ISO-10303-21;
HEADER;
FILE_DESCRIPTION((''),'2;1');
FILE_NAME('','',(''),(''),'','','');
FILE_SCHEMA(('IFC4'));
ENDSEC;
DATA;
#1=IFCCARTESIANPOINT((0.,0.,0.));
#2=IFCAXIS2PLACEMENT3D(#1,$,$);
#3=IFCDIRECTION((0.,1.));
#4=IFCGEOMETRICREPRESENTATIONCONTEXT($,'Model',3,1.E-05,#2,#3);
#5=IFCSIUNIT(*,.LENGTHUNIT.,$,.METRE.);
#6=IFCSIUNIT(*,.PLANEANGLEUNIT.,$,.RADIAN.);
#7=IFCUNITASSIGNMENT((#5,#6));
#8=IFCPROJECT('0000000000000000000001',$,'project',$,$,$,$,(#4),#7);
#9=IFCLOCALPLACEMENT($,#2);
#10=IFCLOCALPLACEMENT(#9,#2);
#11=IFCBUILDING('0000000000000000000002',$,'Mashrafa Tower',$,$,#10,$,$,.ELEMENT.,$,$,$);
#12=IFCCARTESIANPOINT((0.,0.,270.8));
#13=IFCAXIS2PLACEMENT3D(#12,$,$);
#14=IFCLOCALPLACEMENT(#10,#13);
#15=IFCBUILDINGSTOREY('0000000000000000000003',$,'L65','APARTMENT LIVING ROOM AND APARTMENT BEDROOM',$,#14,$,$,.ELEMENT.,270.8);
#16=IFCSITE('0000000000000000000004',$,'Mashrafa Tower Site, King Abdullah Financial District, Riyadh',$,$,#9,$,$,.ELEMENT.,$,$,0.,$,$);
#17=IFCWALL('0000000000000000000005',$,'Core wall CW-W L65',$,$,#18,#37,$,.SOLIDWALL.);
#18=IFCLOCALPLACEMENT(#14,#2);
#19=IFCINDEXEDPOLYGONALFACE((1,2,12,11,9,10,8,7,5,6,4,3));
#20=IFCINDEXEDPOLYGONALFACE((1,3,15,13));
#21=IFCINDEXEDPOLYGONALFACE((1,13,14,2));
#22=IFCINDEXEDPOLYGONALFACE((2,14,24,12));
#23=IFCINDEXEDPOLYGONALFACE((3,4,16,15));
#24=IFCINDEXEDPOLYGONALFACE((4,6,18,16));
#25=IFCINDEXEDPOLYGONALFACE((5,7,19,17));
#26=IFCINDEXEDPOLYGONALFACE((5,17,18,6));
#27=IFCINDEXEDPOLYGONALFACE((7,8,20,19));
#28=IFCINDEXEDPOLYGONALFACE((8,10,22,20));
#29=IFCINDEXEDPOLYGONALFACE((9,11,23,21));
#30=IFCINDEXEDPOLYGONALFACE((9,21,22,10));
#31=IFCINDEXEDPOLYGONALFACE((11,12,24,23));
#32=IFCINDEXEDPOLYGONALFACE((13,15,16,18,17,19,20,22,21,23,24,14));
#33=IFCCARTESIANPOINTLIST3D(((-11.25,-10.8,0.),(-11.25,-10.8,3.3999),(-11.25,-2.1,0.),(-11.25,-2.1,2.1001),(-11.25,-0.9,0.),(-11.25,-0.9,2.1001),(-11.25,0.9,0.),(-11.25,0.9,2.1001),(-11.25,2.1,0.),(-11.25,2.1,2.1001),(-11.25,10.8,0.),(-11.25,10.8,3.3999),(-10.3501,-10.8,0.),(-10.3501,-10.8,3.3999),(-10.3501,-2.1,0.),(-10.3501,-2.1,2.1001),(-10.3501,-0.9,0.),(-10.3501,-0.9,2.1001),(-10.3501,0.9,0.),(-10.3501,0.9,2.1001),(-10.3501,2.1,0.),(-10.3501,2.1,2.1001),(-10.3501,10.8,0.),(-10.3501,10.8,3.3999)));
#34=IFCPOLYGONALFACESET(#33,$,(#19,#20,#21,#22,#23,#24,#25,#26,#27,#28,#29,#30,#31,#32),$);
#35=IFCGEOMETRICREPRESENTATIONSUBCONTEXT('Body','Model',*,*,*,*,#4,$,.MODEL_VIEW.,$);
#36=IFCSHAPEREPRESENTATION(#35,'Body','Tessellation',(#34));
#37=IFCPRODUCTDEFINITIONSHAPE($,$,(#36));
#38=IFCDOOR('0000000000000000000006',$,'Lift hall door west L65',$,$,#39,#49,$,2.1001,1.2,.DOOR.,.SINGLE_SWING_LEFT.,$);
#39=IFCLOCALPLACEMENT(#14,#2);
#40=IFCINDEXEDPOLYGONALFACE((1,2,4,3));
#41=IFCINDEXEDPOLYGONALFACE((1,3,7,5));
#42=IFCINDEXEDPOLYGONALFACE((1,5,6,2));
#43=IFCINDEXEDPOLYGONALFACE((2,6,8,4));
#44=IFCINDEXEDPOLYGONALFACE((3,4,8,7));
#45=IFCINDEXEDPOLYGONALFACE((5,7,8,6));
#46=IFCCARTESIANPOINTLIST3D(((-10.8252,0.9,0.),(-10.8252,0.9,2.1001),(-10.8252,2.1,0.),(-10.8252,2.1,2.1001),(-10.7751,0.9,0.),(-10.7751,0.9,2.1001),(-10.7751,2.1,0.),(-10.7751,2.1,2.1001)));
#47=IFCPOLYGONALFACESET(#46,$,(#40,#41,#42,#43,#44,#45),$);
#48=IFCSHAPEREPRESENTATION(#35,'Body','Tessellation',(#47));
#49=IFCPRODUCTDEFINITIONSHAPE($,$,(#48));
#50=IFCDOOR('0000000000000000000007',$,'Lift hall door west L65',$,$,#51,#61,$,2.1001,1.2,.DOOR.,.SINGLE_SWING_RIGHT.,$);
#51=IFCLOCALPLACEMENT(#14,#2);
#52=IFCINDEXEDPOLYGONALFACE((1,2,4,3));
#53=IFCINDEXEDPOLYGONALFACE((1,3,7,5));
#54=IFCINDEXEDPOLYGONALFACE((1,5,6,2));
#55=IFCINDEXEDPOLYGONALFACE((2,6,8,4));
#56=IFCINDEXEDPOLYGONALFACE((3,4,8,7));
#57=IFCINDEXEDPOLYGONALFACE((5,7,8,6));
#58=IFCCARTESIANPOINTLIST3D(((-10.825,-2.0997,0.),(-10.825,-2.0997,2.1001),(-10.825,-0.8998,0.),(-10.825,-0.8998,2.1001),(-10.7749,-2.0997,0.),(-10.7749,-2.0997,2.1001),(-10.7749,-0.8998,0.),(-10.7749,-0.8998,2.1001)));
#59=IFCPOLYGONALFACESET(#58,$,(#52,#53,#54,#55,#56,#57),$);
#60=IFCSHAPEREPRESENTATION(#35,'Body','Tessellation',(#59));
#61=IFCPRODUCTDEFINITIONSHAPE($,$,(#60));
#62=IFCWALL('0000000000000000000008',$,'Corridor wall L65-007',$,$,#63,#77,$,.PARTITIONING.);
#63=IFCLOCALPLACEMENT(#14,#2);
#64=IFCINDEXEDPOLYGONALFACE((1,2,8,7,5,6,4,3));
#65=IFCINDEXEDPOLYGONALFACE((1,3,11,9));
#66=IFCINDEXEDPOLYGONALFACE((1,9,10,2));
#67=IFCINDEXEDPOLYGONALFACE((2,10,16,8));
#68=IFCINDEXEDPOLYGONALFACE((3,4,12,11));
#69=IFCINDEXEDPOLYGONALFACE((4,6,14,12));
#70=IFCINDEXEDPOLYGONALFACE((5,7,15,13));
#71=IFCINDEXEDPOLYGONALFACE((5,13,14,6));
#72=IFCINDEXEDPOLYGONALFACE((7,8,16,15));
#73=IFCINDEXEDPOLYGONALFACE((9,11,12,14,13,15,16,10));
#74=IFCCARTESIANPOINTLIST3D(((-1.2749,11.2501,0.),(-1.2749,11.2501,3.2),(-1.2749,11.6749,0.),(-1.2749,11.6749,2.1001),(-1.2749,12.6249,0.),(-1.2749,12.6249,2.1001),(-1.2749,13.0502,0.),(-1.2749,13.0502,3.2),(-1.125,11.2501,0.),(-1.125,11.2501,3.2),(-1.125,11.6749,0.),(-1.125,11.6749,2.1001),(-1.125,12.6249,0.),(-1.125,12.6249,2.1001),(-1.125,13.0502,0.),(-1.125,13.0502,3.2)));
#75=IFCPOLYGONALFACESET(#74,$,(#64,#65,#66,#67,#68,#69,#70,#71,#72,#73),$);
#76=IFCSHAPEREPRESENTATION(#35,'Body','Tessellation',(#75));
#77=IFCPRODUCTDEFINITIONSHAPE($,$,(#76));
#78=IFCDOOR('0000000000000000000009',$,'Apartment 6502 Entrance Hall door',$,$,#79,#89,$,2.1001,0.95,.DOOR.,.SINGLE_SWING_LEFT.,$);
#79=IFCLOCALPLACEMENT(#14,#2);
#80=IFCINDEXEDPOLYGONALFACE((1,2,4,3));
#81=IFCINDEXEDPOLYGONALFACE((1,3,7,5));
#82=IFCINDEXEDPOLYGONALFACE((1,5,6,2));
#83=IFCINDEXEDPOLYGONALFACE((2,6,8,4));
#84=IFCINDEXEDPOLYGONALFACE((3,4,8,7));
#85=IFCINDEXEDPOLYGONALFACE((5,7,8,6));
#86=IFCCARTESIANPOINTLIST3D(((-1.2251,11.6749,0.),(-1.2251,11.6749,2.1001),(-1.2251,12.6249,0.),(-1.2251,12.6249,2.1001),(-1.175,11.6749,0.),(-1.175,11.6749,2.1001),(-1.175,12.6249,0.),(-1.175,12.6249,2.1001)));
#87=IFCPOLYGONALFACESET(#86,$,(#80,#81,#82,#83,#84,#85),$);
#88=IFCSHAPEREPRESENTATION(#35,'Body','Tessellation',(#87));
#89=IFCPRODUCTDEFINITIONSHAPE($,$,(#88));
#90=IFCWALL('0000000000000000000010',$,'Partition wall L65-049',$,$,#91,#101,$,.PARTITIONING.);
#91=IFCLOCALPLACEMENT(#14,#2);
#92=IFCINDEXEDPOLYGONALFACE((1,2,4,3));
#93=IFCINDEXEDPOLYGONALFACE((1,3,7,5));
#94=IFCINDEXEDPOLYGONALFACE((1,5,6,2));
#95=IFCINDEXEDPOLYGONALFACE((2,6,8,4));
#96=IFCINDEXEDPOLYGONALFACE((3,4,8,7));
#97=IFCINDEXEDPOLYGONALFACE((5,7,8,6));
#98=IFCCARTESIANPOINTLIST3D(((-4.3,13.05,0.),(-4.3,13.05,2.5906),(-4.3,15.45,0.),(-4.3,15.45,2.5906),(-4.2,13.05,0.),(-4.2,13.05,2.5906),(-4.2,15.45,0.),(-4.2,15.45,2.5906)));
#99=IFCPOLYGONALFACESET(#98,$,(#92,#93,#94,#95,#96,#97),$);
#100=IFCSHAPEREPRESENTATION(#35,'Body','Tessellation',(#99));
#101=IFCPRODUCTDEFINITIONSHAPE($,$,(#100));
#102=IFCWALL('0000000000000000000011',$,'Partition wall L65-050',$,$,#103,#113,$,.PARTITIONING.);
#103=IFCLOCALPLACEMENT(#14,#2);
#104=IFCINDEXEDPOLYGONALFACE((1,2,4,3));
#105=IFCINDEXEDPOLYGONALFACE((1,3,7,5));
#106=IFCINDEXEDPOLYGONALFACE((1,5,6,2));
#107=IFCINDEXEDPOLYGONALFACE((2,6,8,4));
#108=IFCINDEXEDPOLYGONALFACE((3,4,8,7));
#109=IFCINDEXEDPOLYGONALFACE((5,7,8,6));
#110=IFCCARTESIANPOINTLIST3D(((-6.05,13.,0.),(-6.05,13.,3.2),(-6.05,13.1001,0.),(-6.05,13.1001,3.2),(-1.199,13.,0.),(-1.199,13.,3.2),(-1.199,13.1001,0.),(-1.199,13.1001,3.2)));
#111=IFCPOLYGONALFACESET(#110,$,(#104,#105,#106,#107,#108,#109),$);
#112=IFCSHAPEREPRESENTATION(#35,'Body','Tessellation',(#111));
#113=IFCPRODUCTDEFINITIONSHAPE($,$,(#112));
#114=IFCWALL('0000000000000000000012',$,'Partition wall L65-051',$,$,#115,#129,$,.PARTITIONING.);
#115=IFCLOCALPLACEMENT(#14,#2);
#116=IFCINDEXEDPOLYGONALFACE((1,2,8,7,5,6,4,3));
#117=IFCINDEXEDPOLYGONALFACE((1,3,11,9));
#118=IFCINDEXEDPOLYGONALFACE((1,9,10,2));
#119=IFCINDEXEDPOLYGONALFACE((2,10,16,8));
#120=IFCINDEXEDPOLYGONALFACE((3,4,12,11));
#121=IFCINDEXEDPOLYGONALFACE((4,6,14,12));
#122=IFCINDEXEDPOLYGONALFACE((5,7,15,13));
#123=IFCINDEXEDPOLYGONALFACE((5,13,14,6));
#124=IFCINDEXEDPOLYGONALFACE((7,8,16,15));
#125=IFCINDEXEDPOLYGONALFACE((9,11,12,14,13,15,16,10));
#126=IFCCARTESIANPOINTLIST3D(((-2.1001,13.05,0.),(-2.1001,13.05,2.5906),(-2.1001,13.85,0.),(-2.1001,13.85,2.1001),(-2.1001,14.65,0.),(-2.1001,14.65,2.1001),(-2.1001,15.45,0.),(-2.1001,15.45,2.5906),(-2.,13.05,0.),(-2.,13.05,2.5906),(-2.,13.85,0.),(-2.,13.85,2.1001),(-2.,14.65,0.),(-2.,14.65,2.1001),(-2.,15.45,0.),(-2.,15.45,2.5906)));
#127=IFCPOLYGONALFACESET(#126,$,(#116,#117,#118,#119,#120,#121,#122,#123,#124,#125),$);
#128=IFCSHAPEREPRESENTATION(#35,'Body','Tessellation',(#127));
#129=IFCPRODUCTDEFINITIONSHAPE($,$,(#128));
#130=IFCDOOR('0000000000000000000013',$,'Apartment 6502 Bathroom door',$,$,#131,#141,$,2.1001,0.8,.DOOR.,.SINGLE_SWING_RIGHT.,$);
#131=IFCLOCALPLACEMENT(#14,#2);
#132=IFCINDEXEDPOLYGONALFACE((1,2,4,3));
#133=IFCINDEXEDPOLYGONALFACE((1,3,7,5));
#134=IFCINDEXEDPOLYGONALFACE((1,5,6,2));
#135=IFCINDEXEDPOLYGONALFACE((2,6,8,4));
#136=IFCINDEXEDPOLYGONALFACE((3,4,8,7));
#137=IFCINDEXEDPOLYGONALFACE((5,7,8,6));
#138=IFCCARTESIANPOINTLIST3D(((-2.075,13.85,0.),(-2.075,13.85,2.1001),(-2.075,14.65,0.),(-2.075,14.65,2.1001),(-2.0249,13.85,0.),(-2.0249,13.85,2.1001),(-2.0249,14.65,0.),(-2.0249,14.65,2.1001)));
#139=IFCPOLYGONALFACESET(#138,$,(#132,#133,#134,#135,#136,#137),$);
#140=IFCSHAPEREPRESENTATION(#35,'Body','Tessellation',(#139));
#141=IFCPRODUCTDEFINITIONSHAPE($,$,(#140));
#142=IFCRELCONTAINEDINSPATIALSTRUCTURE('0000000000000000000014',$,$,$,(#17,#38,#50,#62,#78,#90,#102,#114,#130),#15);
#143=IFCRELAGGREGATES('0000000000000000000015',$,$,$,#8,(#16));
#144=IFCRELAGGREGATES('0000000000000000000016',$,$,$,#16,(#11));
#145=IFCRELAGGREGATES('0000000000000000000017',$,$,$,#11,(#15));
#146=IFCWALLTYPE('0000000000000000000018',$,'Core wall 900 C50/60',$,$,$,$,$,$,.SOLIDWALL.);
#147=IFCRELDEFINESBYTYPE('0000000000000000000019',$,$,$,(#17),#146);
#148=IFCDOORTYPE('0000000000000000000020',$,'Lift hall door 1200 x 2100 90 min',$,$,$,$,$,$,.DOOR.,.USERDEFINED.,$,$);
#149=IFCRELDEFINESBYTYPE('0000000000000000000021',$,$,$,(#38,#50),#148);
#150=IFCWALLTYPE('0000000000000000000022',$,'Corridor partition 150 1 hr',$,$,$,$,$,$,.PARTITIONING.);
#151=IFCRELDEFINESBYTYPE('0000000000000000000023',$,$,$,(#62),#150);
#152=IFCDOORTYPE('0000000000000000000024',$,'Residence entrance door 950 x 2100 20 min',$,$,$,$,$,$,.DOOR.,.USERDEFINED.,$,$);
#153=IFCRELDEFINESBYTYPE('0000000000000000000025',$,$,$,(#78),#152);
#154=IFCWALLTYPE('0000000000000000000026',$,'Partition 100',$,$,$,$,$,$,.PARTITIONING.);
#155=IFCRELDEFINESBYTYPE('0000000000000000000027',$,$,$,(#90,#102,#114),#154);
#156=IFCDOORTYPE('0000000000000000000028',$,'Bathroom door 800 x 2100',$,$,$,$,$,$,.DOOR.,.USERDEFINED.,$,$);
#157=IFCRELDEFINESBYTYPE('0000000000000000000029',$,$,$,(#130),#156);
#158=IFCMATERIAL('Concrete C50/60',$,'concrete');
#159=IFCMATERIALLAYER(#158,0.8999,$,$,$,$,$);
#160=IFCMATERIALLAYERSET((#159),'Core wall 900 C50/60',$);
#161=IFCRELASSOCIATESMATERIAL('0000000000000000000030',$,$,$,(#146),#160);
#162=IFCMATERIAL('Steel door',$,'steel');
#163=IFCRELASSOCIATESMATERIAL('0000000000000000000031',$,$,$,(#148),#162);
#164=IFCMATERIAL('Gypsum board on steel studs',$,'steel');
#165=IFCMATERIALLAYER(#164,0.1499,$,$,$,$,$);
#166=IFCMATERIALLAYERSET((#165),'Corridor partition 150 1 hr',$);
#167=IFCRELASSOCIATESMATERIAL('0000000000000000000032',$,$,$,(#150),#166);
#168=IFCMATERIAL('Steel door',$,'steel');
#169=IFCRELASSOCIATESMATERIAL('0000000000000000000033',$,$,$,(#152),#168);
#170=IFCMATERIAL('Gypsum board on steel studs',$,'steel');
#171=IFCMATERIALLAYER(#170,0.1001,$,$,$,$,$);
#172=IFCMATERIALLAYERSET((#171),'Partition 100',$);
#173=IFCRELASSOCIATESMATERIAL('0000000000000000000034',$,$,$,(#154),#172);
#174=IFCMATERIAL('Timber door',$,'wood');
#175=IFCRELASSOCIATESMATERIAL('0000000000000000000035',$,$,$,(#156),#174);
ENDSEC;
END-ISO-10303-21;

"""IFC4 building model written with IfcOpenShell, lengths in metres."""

from ifc_helpers import new_model, si_unit, direction, frame, frame_2d, origin, place, context, subcontext, project, spatial, rectangle, extrude, material, layer, layer_set, type_object, element, fill, save


model = new_model("IFC4")

# Units and contexts
model_context = context("Model", 3, precision=1e-05, world=origin(), true_north=direction((0.0, 1.0)))
body_context = subcontext(model_context, "Body", "Model", "MODEL_VIEW")
ifc_project = project(units=[si_unit("LENGTHUNIT", "METRE"), si_unit("PLANEANGLEUNIT", "RADIAN")], contexts=[model_context])

# Site, building, storey
site_placement = place(None, origin())
site = spatial("IfcSite", under=ifc_project, at=site_placement, Name="Mashrafa Tower Site, King Abdullah Financial District, Riyadh", CompositionType="ELEMENT", RefElevation=0.0)
building_placement = place(site_placement, origin())
building = spatial("IfcBuilding", under=site, at=building_placement, Name="Mashrafa Tower", CompositionType="ELEMENT")
storey_placement = place(building_placement, frame((0.0, 0.0, 270.8)))
storey = spatial("IfcBuildingStorey", under=building, at=storey_placement, Name="L65", Description="APARTMENT LIVING ROOM AND APARTMENT BEDROOM", CompositionType="ELEMENT", Elevation=270.8)

# Wall, openings, doors
ifc_material_1 = material(Name="Concrete C50/60", Category="concrete")
ifc_layer_1 = layer(ifc_material_1, 0.8999)
ifc_layer_set_1 = layer_set([ifc_layer_1], Name="Core wall 900 C50/60")
wall_type_1 = type_object("IfcWallType", Name="Core wall 900 C50/60", PredefinedType="SOLIDWALL", material=ifc_layer_set_1)
wall_1_placement = place(storey_placement, frame((-10.8, 10.8, 0.0), z_axis=(0.0, 0.0, 1.0), x_axis=(0.0, -1.0, 0.0)))
wall_1 = element("IfcWall", 1, at=wall_1_placement, inside=storey, type_object=wall_type_1, Name="Core wall CW-W L65", PredefinedType="SOLIDWALL", context=body_context, shape_type="SweptSolid", body=[
    extrude(rectangle(XDim=21.6001, YDim=0.8999, at=frame_2d((10.8, 0.0))), origin(), (0.0, 0.0, 1.0), 3.3999),
])
opening_1_placement = place(wall_1_placement, frame((8.7, 0.0, 0.0)))
opening_1 = element("IfcOpeningElement", 2, at=opening_1_placement, cuts=wall_1, PredefinedType="OPENING", context=body_context, shape_type="SweptSolid", body=[
    extrude(rectangle(XDim=1.2, YDim=2.1001, at=frame_2d((0.6001, 1.05))), frame((0.0, 0.46, 0.0), z_axis=(0.0, -1.0, 0.0), x_axis=(1.0, 0.0, 0.0)), (0.0, 0.0, 1.0), 0.9199),
])
opening_2_placement = place(wall_1_placement, frame((11.7, 0.0, 0.0)))
opening_2 = element("IfcOpeningElement", 3, at=opening_2_placement, cuts=wall_1, PredefinedType="OPENING", context=body_context, shape_type="SweptSolid", body=[
    extrude(rectangle(XDim=1.2, YDim=2.1001, at=frame_2d((0.6001, 1.05))), frame((0.0, 0.46, 0.0), z_axis=(0.0, -1.0, 0.0), x_axis=(1.0, 0.0, 0.0)), (0.0, 0.0, 1.0), 0.9199),
])
ifc_material_2 = material(Name="Steel door", Category="steel")
door_type_1 = type_object("IfcDoorType", Name="Lift hall door 1200 x 2100 90 min", OperationType="USERDEFINED", PredefinedType="DOOR", material=ifc_material_2)
door_1_placement = place(opening_1_placement, origin())
door_1 = element("IfcDoor", 4, at=door_1_placement, inside=storey, type_object=door_type_1, Name="Lift hall door west L65", OperationType="SINGLE_SWING_LEFT", OverallHeight=2.1001, OverallWidth=1.2, PredefinedType="DOOR", context=body_context, shape_type="SweptSolid", body=[
    extrude(rectangle(XDim=1.2, YDim=2.1001, at=frame_2d((0.6001, 1.05))), frame((0.0, 0.0249, 0.0), z_axis=(0.0, -1.0, 0.0), x_axis=(1.0, 0.0, 0.0)), (0.0, 0.0, 1.0), 0.05),
])
fill(opening_1, door_1)
door_2_placement = place(opening_2_placement, frame((1.2, 0.0, 0.0), z_axis=(0.0, 0.0, 1.0), x_axis=(-1.0, 0.0, 0.0)))
door_2 = element("IfcDoor", 5, at=door_2_placement, inside=storey, type_object=door_type_1, Name="Lift hall door west L65", OperationType="SINGLE_SWING_RIGHT", OverallHeight=2.1001, OverallWidth=1.2, PredefinedType="DOOR", context=body_context, shape_type="SweptSolid", body=[
    extrude(rectangle(XDim=1.2, YDim=2.1001, at=frame_2d((0.6001, 1.05))), frame((0.0, 0.0249, 0.0), z_axis=(0.0, -1.0, 0.0), x_axis=(1.0, 0.0, 0.0)), (0.0, 0.0, 1.0), 0.05),
])
fill(opening_2, door_2)

# Wall, opening, door
ifc_material_3 = material(Name="Gypsum board on steel studs", Category="steel")
ifc_layer_2 = layer(ifc_material_3, 0.1499)
ifc_layer_set_2 = layer_set([ifc_layer_2], Name="Corridor partition 150 1 hr")
wall_type_2 = type_object("IfcWallType", Name="Corridor partition 150 1 hr", PredefinedType="PARTITIONING", material=ifc_layer_set_2)
wall_2_placement = place(storey_placement, frame((-1.2, 13.05, 0.0), z_axis=(0.0, 0.0, 1.0), x_axis=(0.0, -1.0, 0.0)))
wall_2 = element("IfcWall", 6, at=wall_2_placement, inside=storey, type_object=wall_type_2, Name="Corridor wall L65-007", PredefinedType="PARTITIONING", context=body_context, shape_type="SweptSolid", body=[
    extrude(rectangle(XDim=1.8, YDim=0.1499, at=frame_2d((0.8999, 0.0))), origin(), (0.0, 0.0, 1.0), 3.2),
])
opening_3_placement = place(wall_2_placement, frame((0.425, 0.0, 0.0)))
opening_3 = element("IfcOpeningElement", 7, at=opening_3_placement, cuts=wall_2, PredefinedType="OPENING", context=body_context, shape_type="SweptSolid", body=[
    extrude(rectangle(XDim=0.95, YDim=2.1001, at=frame_2d((0.4751, 1.05))), frame((0.0, 0.085, 0.0), z_axis=(0.0, -1.0, 0.0), x_axis=(1.0, 0.0, 0.0)), (0.0, 0.0, 1.0), 0.1699),
])
ifc_material_4 = material(Name="Steel door", Category="steel")
door_type_2 = type_object("IfcDoorType", Name="Residence entrance door 950 x 2100 20 min", OperationType="USERDEFINED", PredefinedType="DOOR", material=ifc_material_4)
door_3_placement = place(opening_3_placement, origin())
door_3 = element("IfcDoor", 8, at=door_3_placement, inside=storey, type_object=door_type_2, Name="Apartment 6502 Entrance Hall door", OperationType="SINGLE_SWING_LEFT", OverallHeight=2.1001, OverallWidth=0.95, PredefinedType="DOOR", context=body_context, shape_type="SweptSolid", body=[
    extrude(rectangle(XDim=0.95, YDim=2.1001, at=frame_2d((0.4751, 1.05))), frame((0.0, 0.0249, 0.0), z_axis=(0.0, -1.0, 0.0), x_axis=(1.0, 0.0, 0.0)), (0.0, 0.0, 1.0), 0.05),
])
fill(opening_3, door_3)

# Walls
ifc_material_5 = material(Name="Gypsum board on steel studs", Category="steel")
ifc_layer_3 = layer(ifc_material_5, 0.1001)
ifc_layer_set_3 = layer_set([ifc_layer_3], Name="Partition 100")
wall_type_3 = type_object("IfcWallType", Name="Partition 100", PredefinedType="PARTITIONING", material=ifc_layer_set_3)
wall_3_placement = place(storey_placement, frame((-4.25, 13.05, 0.0), z_axis=(0.0, 0.0, 1.0), x_axis=(0.0, 1.0, 0.0)))
element("IfcWall", 9, at=wall_3_placement, inside=storey, type_object=wall_type_3, Name="Partition wall L65-049", PredefinedType="PARTITIONING", context=body_context, shape_type="SweptSolid", body=[
    extrude(rectangle(XDim=2.3999, YDim=0.1001, at=frame_2d((1.2, 0.0))), origin(), (0.0, 0.0, 1.0), 2.5906),
])
wall_4_placement = place(storey_placement, frame((-6.05, 13.05, 0.0), z_axis=(0.0, 0.0, 1.0), x_axis=(1.0, 0.0, 0.0)))
element("IfcWall", 10, at=wall_4_placement, inside=storey, type_object=wall_type_3, Name="Partition wall L65-050", PredefinedType="PARTITIONING", context=body_context, shape_type="SweptSolid", body=[
    extrude(rectangle(XDim=4.8511, YDim=0.1001, at=frame_2d((2.4255, 0.0))), origin(), (0.0, 0.0, 1.0), 3.2),
])

# Wall, opening, door
wall_5_placement = place(storey_placement, frame((-2.05, 13.05, 0.0), z_axis=(0.0, 0.0, 1.0), x_axis=(0.0, 1.0, 0.0)))
wall_5 = element("IfcWall", 11, at=wall_5_placement, inside=storey, type_object=wall_type_3, Name="Partition wall L65-051", PredefinedType="PARTITIONING", context=body_context, shape_type="SweptSolid", body=[
    extrude(rectangle(XDim=2.3999, YDim=0.1001, at=frame_2d((1.2, 0.0))), origin(), (0.0, 0.0, 1.0), 2.5906),
])
opening_4_placement = place(wall_5_placement, frame((0.8, 0.0, 0.0)))
opening_4 = element("IfcOpeningElement", 12, at=opening_4_placement, cuts=wall_5, PredefinedType="OPENING", context=body_context, shape_type="SweptSolid", body=[
    extrude(rectangle(XDim=0.8, YDim=2.1001, at=frame_2d((0.3999, 1.05))), frame((0.0, 0.0601, 0.0), z_axis=(0.0, -1.0, 0.0), x_axis=(1.0, 0.0, 0.0)), (0.0, 0.0, 1.0), 0.1201),
])
ifc_material_6 = material(Name="Timber door", Category="wood")
door_type_3 = type_object("IfcDoorType", Name="Bathroom door 800 x 2100", OperationType="USERDEFINED", PredefinedType="DOOR", material=ifc_material_6)
door_4_placement = place(opening_4_placement, origin())
door_4 = element("IfcDoor", 13, at=door_4_placement, inside=storey, type_object=door_type_3, Name="Apartment 6502 Bathroom door", OperationType="SINGLE_SWING_RIGHT", OverallHeight=2.1001, OverallWidth=0.8, PredefinedType="DOOR", context=body_context, shape_type="SweptSolid", body=[
    extrude(rectangle(XDim=0.8, YDim=2.1001, at=frame_2d((0.3999, 1.05))), frame((0.0, 0.0249, 0.0), z_axis=(0.0, -1.0, 0.0), x_axis=(1.0, 0.0, 0.0)), (0.0, 0.0, 1.0), 0.05),
])
fill(opening_4, door_4)

save(model, "model.ifc")
